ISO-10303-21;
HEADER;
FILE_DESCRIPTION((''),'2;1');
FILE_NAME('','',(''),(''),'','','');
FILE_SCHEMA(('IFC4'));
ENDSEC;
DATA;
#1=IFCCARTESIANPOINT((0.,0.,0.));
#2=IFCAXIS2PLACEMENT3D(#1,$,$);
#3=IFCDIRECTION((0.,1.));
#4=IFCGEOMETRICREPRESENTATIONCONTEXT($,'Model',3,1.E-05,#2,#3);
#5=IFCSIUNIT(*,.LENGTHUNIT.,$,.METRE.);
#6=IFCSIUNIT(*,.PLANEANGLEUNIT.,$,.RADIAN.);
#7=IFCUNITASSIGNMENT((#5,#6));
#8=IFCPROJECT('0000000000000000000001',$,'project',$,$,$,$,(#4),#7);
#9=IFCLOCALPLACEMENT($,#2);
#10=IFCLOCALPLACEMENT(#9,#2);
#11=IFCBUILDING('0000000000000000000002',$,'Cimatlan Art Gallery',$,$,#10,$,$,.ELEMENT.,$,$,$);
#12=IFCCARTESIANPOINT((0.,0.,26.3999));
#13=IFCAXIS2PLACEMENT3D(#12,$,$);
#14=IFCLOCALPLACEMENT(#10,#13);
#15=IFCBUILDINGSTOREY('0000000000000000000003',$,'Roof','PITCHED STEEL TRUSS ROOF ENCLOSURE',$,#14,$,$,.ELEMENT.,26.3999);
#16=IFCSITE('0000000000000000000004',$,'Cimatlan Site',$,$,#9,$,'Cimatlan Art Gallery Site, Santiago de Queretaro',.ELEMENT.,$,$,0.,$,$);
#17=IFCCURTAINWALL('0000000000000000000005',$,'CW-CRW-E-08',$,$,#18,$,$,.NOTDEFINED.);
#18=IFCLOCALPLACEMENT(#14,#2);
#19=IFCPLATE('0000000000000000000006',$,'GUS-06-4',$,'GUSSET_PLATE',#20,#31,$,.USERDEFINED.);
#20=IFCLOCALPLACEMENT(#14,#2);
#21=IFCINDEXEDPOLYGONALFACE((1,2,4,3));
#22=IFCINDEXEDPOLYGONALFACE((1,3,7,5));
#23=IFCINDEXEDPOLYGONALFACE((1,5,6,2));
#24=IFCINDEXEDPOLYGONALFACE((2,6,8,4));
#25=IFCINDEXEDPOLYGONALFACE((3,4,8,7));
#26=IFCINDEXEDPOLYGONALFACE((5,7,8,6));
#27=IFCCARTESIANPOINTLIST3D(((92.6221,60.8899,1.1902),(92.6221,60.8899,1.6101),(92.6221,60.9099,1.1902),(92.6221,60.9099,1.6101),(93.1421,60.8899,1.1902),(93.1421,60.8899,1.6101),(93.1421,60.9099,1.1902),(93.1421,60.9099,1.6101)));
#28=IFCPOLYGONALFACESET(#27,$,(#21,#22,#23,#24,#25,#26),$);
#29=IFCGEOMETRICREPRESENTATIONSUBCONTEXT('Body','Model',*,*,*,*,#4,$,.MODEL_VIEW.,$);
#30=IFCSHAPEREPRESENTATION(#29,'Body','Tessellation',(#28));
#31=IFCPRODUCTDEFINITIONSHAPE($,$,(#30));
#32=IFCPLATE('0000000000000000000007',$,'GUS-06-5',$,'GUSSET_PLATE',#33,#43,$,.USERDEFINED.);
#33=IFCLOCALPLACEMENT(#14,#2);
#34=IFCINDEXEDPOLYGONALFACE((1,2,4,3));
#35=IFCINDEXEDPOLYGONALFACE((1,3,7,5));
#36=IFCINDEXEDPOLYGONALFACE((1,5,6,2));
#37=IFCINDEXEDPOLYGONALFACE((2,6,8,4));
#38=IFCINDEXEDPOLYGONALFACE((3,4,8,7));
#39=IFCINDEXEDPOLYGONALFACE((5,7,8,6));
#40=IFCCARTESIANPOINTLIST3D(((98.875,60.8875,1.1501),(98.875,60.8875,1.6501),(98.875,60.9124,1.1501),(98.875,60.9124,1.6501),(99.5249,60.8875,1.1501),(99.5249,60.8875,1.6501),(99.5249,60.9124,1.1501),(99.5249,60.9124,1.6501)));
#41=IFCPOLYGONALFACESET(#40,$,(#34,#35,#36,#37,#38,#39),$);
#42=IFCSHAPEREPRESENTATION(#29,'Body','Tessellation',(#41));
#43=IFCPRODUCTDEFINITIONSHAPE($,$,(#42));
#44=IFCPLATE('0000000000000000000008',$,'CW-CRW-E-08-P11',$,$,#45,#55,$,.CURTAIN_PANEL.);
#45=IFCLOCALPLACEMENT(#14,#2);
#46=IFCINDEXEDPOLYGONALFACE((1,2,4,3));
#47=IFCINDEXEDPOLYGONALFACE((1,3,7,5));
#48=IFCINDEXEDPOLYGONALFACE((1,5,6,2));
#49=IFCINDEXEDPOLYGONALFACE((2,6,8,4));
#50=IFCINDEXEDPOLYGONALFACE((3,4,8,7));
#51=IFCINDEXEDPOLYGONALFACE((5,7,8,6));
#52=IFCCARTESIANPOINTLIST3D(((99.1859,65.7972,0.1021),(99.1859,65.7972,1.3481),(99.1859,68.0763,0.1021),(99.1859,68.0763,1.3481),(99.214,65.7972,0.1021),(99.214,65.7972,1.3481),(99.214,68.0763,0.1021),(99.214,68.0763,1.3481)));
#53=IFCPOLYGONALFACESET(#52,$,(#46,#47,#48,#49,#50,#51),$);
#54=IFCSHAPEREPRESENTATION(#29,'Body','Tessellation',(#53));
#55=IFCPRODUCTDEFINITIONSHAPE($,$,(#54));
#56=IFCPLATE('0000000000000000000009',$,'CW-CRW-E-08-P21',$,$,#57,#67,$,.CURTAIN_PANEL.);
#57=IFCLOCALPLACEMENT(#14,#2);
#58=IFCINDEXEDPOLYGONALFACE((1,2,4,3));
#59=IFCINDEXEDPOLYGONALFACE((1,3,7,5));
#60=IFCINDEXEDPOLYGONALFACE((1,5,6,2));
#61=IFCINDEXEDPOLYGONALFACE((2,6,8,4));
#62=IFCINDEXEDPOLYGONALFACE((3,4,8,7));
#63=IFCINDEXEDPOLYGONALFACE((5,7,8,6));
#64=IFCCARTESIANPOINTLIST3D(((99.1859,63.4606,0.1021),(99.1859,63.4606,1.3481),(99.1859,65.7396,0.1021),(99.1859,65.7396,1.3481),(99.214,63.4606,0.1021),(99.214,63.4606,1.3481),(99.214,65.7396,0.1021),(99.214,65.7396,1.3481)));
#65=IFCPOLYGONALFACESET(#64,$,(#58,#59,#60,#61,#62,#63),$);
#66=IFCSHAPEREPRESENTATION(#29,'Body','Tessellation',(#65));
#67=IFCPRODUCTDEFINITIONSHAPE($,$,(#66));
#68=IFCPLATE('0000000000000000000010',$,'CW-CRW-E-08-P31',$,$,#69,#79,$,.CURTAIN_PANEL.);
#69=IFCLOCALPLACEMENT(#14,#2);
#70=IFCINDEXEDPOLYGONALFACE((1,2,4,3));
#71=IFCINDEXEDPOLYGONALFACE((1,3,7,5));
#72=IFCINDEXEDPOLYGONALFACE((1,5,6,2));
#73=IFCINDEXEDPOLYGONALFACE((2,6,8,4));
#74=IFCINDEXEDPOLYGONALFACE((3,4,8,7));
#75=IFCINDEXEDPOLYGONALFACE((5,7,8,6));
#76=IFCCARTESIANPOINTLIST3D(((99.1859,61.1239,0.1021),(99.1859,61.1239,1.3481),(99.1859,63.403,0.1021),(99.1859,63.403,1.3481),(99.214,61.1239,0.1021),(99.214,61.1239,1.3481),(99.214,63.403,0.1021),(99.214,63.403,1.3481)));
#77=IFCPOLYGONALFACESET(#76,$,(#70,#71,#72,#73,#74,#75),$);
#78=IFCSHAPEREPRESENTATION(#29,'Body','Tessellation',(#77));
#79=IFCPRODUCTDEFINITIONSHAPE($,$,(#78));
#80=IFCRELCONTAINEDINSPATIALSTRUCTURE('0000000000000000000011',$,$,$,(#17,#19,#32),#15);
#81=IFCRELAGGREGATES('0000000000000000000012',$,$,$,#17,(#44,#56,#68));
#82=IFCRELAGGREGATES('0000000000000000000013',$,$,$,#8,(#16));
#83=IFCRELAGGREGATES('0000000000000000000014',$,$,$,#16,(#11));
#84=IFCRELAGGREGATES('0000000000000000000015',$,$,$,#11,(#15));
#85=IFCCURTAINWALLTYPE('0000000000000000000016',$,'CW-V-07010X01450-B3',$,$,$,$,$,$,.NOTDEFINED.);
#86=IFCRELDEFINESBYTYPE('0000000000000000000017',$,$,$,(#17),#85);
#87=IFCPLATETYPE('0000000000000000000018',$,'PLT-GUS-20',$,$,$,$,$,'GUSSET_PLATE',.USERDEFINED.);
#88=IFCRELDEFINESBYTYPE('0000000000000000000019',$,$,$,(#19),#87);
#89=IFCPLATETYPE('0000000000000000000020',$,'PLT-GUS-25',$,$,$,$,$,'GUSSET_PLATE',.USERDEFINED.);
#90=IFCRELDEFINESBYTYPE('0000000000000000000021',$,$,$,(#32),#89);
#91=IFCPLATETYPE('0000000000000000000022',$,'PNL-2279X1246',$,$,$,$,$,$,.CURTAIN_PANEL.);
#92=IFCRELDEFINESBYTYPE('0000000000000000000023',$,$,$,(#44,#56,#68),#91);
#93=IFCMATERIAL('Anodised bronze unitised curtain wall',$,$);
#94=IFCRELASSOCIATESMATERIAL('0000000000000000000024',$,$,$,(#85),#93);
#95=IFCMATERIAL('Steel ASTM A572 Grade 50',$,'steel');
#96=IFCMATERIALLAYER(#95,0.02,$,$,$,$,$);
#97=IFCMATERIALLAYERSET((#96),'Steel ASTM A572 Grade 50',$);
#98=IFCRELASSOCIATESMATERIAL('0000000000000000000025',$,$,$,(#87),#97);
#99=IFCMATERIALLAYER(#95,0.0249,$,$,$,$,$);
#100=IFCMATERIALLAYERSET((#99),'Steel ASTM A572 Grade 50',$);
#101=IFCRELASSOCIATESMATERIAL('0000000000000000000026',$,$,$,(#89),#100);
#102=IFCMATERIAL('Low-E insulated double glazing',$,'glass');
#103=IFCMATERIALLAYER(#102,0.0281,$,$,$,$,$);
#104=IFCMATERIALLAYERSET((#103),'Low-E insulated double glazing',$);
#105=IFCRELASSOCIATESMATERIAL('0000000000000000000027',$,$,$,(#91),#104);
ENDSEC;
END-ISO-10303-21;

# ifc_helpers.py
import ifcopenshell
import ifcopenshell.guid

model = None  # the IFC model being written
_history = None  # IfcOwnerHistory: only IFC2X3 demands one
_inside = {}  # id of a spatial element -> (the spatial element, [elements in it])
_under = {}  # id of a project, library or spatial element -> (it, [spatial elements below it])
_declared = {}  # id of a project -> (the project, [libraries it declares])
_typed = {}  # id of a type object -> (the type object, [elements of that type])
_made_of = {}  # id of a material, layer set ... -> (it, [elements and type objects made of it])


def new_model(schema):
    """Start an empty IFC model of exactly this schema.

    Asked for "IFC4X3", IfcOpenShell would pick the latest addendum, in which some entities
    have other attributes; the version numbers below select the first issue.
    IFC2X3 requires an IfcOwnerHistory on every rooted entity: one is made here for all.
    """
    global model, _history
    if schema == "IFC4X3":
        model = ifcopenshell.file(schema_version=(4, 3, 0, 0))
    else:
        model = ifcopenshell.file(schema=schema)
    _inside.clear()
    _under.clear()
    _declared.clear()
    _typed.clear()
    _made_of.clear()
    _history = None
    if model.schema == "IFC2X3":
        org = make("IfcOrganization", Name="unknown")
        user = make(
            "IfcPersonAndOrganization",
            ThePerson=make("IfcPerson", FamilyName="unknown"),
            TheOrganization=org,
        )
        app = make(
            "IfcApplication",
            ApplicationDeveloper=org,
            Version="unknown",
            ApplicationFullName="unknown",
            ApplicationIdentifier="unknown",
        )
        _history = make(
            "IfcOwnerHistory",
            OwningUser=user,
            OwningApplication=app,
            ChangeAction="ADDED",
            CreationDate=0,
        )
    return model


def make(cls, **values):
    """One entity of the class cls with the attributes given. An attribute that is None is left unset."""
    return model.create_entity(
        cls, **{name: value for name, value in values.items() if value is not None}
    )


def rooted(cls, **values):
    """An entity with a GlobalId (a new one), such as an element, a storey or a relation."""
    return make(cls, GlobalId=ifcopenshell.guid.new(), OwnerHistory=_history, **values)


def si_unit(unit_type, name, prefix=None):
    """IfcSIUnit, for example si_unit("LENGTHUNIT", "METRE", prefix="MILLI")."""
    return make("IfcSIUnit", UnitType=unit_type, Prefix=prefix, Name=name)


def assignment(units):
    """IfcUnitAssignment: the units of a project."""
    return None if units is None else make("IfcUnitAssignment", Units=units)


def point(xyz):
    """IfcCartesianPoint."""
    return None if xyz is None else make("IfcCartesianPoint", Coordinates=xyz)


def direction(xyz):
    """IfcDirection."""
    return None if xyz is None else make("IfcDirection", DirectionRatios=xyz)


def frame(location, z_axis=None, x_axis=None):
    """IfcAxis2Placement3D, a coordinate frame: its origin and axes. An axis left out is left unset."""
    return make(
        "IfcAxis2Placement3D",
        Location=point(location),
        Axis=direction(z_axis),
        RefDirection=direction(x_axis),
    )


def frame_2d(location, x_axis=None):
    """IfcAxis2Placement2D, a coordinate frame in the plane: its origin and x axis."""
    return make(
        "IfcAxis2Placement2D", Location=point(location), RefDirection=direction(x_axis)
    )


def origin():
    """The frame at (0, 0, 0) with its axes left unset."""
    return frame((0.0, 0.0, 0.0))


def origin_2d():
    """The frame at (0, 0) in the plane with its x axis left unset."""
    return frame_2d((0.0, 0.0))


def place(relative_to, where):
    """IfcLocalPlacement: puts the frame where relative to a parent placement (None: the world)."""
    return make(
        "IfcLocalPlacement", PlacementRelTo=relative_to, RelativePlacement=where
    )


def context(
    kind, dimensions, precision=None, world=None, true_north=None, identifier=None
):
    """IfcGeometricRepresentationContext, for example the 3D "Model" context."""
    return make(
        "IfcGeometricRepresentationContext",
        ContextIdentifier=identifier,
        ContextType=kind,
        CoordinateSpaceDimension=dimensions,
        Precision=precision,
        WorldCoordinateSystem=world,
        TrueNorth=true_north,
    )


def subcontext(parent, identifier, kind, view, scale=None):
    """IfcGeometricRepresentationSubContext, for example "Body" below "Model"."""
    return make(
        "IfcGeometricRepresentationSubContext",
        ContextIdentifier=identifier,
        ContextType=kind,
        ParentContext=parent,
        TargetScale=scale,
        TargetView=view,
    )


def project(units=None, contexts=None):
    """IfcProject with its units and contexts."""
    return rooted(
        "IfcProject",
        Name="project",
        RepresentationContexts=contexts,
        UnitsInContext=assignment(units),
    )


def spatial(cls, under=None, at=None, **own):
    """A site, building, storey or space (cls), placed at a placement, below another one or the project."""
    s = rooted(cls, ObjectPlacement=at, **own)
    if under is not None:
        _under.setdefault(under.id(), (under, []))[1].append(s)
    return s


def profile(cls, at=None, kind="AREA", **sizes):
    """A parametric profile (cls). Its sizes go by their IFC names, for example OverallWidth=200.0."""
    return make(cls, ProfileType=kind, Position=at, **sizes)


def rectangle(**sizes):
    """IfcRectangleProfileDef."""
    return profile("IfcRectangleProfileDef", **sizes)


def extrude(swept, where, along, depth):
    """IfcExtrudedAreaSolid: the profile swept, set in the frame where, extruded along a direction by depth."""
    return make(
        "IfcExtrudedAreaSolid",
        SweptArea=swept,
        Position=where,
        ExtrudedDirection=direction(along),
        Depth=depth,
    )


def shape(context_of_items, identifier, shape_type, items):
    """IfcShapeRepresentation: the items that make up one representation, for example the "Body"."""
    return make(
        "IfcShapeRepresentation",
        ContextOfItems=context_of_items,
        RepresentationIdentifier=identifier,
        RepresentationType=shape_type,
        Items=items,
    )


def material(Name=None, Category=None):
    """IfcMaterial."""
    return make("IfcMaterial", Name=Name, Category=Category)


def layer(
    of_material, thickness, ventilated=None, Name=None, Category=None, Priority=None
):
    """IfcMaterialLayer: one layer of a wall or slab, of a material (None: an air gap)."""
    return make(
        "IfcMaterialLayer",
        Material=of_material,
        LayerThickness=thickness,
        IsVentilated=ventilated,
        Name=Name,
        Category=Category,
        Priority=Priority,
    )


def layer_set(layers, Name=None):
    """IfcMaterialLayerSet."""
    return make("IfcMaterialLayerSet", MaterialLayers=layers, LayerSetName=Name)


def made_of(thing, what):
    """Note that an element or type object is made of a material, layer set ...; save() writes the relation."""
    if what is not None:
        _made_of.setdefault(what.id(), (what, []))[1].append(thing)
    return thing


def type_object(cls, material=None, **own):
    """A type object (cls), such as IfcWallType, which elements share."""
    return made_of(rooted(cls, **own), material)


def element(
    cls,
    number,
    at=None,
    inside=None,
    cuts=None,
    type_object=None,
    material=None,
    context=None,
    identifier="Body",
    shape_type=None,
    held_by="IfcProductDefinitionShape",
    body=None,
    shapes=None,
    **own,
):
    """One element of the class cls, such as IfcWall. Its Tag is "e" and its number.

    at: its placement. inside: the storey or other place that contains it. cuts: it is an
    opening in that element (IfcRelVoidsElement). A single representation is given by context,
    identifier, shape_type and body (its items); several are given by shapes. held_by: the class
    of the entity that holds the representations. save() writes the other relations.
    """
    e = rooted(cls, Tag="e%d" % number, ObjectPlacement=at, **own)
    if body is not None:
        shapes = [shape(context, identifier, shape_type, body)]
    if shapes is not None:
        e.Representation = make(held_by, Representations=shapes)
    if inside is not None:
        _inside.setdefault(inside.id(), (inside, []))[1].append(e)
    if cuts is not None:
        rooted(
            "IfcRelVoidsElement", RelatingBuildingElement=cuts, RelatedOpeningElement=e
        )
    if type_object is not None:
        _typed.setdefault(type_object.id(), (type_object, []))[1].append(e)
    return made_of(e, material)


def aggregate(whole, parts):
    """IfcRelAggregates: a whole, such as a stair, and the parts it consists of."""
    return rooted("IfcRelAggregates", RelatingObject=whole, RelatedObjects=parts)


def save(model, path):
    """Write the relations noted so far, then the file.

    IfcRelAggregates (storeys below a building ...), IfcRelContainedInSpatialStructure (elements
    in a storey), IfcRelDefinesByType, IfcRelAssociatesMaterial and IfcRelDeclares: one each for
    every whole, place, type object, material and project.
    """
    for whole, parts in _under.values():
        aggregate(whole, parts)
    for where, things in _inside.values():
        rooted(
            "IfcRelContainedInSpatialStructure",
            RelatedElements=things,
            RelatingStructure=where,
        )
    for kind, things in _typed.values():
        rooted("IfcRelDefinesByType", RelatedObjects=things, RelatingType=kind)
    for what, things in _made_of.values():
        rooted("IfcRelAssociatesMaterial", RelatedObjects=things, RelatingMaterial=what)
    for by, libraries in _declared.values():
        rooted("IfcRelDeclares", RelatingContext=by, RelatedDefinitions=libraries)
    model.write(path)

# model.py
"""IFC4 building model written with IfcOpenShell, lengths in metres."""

from ifc_helpers import new_model, si_unit, direction, frame, origin, origin_2d, place, context, subcontext, project, spatial, rectangle, extrude, material, layer, layer_set, type_object, element, aggregate, save


model = new_model("IFC4")

# Units and contexts
model_context = context("Model", 3, precision=1e-05, world=origin(), true_north=direction((0.0, 1.0)))
body_context = subcontext(model_context, "Body", "Model", "MODEL_VIEW")
ifc_project = project(units=[si_unit("LENGTHUNIT", "METRE"), si_unit("PLANEANGLEUNIT", "RADIAN")], contexts=[model_context])

# Site, building, storey
site_placement = place(None, origin())
site = spatial("IfcSite", under=ifc_project, at=site_placement, Name="Cimatlan Site", LongName="Cimatlan Art Gallery Site, Santiago de Queretaro", CompositionType="ELEMENT", RefElevation=0.0)
building_placement = place(site_placement, origin())
building = spatial("IfcBuilding", under=site, at=building_placement, Name="Cimatlan Art Gallery", CompositionType="ELEMENT")
storey_placement = place(building_placement, frame((0.0, 0.0, 26.3999)))
storey = spatial("IfcBuildingStorey", under=building, at=storey_placement, Name="Roof", Description="PITCHED STEEL TRUSS ROOF ENCLOSURE", CompositionType="ELEMENT", Elevation=26.3999)

# Curtain wall
ifc_material_1 = material(Name="Anodised bronze unitised curtain wall")
curtain_wall_type = type_object("IfcCurtainWallType", Name="CW-V-07010X01450-B3", PredefinedType="NOTDEFINED", material=ifc_material_1)
curtain_wall_placement = place(storey_placement, origin())
curtain_wall = element("IfcCurtainWall", 1, at=curtain_wall_placement, inside=storey, type_object=curtain_wall_type, Name="CW-CRW-E-08", PredefinedType="NOTDEFINED")

# Plates
ifc_material_2 = material(Name="Steel ASTM A572 Grade 50", Category="steel")
ifc_layer_1 = layer(ifc_material_2, 0.02)
ifc_layer_set_1 = layer_set([ifc_layer_1], Name="Steel ASTM A572 Grade 50")
plate_type_1 = type_object("IfcPlateType", Name="PLT-GUS-20", ElementType="GUSSET_PLATE", PredefinedType="USERDEFINED", material=ifc_layer_set_1)
plate_1_placement = place(storey_placement, frame((92.8821, 60.8999, 1.1902), z_axis=(0.0, 0.0, 1.0), x_axis=(1.0, 0.0, 0.0)))
element("IfcPlate", 2, at=plate_1_placement, inside=storey, type_object=plate_type_1, Name="GUS-06-4", ObjectType="GUSSET_PLATE", PredefinedType="USERDEFINED", context=body_context, shape_type="SweptSolid", body=[
    extrude(rectangle(XDim=0.52, YDim=0.02, at=origin_2d()), origin(), (0.0, 0.0, 1.0), 0.4199),
])
ifc_layer_2 = layer(ifc_material_2, 0.0249)
ifc_layer_set_2 = layer_set([ifc_layer_2], Name="Steel ASTM A572 Grade 50")
plate_type_2 = type_object("IfcPlateType", Name="PLT-GUS-25", ElementType="GUSSET_PLATE", PredefinedType="USERDEFINED", material=ifc_layer_set_2)
plate_2_placement = place(storey_placement, frame((99.2, 60.8999, 1.1501), z_axis=(0.0, 0.0, 1.0), x_axis=(1.0, 0.0, 0.0)))
element("IfcPlate", 3, at=plate_2_placement, inside=storey, type_object=plate_type_2, Name="GUS-06-5", ObjectType="GUSSET_PLATE", PredefinedType="USERDEFINED", context=body_context, shape_type="SweptSolid", body=[
    extrude(rectangle(XDim=0.6499, YDim=0.0249, at=origin_2d()), origin(), (0.0, 0.0, 1.0), 0.5),
])

# Plates
ifc_material_3 = material(Name="Low-E insulated double glazing", Category="glass")
ifc_layer_3 = layer(ifc_material_3, 0.0281)
ifc_layer_set_3 = layer_set([ifc_layer_3], Name="Low-E insulated double glazing")
plate_type_3 = type_object("IfcPlateType", Name="PNL-2279X1246", PredefinedType="CURTAIN_PANEL", material=ifc_layer_set_3)
plate_3_placement = place(storey_placement, frame((99.2, 66.9368, 0.1021), z_axis=(0.0, 0.0, 1.0), x_axis=(0.0, -1.0, 0.0)))
plate_3 = element("IfcPlate", 4, at=plate_3_placement, type_object=plate_type_3, Name="CW-CRW-E-08-P11", PredefinedType="CURTAIN_PANEL", context=body_context, shape_type="SweptSolid", body=[
    extrude(rectangle(XDim=2.2791, YDim=0.0281, at=origin_2d()), origin(), (0.0, 0.0, 1.0), 1.2461),
])
plate_4_placement = place(storey_placement, frame((99.2, 64.6001, 0.1021), z_axis=(0.0, 0.0, 1.0), x_axis=(0.0, -1.0, 0.0)))
plate_4 = element("IfcPlate", 5, at=plate_4_placement, type_object=plate_type_3, Name="CW-CRW-E-08-P21", PredefinedType="CURTAIN_PANEL", context=body_context, shape_type="SweptSolid", body=[
    extrude(rectangle(XDim=2.2791, YDim=0.0281, at=origin_2d()), origin(), (0.0, 0.0, 1.0), 1.2461),
])
plate_5_placement = place(storey_placement, frame((99.2, 62.2634, 0.1021), z_axis=(0.0, 0.0, 1.0), x_axis=(0.0, -1.0, 0.0)))
plate_5 = element("IfcPlate", 6, at=plate_5_placement, type_object=plate_type_3, Name="CW-CRW-E-08-P31", PredefinedType="CURTAIN_PANEL", context=body_context, shape_type="SweptSolid", body=[
    extrude(rectangle(XDim=2.2791, YDim=0.0281, at=origin_2d()), origin(), (0.0, 0.0, 1.0), 1.2461),
])
aggregate(curtain_wall, [plate_3, plate_4, plate_5])

save(model, "model.ifc")
